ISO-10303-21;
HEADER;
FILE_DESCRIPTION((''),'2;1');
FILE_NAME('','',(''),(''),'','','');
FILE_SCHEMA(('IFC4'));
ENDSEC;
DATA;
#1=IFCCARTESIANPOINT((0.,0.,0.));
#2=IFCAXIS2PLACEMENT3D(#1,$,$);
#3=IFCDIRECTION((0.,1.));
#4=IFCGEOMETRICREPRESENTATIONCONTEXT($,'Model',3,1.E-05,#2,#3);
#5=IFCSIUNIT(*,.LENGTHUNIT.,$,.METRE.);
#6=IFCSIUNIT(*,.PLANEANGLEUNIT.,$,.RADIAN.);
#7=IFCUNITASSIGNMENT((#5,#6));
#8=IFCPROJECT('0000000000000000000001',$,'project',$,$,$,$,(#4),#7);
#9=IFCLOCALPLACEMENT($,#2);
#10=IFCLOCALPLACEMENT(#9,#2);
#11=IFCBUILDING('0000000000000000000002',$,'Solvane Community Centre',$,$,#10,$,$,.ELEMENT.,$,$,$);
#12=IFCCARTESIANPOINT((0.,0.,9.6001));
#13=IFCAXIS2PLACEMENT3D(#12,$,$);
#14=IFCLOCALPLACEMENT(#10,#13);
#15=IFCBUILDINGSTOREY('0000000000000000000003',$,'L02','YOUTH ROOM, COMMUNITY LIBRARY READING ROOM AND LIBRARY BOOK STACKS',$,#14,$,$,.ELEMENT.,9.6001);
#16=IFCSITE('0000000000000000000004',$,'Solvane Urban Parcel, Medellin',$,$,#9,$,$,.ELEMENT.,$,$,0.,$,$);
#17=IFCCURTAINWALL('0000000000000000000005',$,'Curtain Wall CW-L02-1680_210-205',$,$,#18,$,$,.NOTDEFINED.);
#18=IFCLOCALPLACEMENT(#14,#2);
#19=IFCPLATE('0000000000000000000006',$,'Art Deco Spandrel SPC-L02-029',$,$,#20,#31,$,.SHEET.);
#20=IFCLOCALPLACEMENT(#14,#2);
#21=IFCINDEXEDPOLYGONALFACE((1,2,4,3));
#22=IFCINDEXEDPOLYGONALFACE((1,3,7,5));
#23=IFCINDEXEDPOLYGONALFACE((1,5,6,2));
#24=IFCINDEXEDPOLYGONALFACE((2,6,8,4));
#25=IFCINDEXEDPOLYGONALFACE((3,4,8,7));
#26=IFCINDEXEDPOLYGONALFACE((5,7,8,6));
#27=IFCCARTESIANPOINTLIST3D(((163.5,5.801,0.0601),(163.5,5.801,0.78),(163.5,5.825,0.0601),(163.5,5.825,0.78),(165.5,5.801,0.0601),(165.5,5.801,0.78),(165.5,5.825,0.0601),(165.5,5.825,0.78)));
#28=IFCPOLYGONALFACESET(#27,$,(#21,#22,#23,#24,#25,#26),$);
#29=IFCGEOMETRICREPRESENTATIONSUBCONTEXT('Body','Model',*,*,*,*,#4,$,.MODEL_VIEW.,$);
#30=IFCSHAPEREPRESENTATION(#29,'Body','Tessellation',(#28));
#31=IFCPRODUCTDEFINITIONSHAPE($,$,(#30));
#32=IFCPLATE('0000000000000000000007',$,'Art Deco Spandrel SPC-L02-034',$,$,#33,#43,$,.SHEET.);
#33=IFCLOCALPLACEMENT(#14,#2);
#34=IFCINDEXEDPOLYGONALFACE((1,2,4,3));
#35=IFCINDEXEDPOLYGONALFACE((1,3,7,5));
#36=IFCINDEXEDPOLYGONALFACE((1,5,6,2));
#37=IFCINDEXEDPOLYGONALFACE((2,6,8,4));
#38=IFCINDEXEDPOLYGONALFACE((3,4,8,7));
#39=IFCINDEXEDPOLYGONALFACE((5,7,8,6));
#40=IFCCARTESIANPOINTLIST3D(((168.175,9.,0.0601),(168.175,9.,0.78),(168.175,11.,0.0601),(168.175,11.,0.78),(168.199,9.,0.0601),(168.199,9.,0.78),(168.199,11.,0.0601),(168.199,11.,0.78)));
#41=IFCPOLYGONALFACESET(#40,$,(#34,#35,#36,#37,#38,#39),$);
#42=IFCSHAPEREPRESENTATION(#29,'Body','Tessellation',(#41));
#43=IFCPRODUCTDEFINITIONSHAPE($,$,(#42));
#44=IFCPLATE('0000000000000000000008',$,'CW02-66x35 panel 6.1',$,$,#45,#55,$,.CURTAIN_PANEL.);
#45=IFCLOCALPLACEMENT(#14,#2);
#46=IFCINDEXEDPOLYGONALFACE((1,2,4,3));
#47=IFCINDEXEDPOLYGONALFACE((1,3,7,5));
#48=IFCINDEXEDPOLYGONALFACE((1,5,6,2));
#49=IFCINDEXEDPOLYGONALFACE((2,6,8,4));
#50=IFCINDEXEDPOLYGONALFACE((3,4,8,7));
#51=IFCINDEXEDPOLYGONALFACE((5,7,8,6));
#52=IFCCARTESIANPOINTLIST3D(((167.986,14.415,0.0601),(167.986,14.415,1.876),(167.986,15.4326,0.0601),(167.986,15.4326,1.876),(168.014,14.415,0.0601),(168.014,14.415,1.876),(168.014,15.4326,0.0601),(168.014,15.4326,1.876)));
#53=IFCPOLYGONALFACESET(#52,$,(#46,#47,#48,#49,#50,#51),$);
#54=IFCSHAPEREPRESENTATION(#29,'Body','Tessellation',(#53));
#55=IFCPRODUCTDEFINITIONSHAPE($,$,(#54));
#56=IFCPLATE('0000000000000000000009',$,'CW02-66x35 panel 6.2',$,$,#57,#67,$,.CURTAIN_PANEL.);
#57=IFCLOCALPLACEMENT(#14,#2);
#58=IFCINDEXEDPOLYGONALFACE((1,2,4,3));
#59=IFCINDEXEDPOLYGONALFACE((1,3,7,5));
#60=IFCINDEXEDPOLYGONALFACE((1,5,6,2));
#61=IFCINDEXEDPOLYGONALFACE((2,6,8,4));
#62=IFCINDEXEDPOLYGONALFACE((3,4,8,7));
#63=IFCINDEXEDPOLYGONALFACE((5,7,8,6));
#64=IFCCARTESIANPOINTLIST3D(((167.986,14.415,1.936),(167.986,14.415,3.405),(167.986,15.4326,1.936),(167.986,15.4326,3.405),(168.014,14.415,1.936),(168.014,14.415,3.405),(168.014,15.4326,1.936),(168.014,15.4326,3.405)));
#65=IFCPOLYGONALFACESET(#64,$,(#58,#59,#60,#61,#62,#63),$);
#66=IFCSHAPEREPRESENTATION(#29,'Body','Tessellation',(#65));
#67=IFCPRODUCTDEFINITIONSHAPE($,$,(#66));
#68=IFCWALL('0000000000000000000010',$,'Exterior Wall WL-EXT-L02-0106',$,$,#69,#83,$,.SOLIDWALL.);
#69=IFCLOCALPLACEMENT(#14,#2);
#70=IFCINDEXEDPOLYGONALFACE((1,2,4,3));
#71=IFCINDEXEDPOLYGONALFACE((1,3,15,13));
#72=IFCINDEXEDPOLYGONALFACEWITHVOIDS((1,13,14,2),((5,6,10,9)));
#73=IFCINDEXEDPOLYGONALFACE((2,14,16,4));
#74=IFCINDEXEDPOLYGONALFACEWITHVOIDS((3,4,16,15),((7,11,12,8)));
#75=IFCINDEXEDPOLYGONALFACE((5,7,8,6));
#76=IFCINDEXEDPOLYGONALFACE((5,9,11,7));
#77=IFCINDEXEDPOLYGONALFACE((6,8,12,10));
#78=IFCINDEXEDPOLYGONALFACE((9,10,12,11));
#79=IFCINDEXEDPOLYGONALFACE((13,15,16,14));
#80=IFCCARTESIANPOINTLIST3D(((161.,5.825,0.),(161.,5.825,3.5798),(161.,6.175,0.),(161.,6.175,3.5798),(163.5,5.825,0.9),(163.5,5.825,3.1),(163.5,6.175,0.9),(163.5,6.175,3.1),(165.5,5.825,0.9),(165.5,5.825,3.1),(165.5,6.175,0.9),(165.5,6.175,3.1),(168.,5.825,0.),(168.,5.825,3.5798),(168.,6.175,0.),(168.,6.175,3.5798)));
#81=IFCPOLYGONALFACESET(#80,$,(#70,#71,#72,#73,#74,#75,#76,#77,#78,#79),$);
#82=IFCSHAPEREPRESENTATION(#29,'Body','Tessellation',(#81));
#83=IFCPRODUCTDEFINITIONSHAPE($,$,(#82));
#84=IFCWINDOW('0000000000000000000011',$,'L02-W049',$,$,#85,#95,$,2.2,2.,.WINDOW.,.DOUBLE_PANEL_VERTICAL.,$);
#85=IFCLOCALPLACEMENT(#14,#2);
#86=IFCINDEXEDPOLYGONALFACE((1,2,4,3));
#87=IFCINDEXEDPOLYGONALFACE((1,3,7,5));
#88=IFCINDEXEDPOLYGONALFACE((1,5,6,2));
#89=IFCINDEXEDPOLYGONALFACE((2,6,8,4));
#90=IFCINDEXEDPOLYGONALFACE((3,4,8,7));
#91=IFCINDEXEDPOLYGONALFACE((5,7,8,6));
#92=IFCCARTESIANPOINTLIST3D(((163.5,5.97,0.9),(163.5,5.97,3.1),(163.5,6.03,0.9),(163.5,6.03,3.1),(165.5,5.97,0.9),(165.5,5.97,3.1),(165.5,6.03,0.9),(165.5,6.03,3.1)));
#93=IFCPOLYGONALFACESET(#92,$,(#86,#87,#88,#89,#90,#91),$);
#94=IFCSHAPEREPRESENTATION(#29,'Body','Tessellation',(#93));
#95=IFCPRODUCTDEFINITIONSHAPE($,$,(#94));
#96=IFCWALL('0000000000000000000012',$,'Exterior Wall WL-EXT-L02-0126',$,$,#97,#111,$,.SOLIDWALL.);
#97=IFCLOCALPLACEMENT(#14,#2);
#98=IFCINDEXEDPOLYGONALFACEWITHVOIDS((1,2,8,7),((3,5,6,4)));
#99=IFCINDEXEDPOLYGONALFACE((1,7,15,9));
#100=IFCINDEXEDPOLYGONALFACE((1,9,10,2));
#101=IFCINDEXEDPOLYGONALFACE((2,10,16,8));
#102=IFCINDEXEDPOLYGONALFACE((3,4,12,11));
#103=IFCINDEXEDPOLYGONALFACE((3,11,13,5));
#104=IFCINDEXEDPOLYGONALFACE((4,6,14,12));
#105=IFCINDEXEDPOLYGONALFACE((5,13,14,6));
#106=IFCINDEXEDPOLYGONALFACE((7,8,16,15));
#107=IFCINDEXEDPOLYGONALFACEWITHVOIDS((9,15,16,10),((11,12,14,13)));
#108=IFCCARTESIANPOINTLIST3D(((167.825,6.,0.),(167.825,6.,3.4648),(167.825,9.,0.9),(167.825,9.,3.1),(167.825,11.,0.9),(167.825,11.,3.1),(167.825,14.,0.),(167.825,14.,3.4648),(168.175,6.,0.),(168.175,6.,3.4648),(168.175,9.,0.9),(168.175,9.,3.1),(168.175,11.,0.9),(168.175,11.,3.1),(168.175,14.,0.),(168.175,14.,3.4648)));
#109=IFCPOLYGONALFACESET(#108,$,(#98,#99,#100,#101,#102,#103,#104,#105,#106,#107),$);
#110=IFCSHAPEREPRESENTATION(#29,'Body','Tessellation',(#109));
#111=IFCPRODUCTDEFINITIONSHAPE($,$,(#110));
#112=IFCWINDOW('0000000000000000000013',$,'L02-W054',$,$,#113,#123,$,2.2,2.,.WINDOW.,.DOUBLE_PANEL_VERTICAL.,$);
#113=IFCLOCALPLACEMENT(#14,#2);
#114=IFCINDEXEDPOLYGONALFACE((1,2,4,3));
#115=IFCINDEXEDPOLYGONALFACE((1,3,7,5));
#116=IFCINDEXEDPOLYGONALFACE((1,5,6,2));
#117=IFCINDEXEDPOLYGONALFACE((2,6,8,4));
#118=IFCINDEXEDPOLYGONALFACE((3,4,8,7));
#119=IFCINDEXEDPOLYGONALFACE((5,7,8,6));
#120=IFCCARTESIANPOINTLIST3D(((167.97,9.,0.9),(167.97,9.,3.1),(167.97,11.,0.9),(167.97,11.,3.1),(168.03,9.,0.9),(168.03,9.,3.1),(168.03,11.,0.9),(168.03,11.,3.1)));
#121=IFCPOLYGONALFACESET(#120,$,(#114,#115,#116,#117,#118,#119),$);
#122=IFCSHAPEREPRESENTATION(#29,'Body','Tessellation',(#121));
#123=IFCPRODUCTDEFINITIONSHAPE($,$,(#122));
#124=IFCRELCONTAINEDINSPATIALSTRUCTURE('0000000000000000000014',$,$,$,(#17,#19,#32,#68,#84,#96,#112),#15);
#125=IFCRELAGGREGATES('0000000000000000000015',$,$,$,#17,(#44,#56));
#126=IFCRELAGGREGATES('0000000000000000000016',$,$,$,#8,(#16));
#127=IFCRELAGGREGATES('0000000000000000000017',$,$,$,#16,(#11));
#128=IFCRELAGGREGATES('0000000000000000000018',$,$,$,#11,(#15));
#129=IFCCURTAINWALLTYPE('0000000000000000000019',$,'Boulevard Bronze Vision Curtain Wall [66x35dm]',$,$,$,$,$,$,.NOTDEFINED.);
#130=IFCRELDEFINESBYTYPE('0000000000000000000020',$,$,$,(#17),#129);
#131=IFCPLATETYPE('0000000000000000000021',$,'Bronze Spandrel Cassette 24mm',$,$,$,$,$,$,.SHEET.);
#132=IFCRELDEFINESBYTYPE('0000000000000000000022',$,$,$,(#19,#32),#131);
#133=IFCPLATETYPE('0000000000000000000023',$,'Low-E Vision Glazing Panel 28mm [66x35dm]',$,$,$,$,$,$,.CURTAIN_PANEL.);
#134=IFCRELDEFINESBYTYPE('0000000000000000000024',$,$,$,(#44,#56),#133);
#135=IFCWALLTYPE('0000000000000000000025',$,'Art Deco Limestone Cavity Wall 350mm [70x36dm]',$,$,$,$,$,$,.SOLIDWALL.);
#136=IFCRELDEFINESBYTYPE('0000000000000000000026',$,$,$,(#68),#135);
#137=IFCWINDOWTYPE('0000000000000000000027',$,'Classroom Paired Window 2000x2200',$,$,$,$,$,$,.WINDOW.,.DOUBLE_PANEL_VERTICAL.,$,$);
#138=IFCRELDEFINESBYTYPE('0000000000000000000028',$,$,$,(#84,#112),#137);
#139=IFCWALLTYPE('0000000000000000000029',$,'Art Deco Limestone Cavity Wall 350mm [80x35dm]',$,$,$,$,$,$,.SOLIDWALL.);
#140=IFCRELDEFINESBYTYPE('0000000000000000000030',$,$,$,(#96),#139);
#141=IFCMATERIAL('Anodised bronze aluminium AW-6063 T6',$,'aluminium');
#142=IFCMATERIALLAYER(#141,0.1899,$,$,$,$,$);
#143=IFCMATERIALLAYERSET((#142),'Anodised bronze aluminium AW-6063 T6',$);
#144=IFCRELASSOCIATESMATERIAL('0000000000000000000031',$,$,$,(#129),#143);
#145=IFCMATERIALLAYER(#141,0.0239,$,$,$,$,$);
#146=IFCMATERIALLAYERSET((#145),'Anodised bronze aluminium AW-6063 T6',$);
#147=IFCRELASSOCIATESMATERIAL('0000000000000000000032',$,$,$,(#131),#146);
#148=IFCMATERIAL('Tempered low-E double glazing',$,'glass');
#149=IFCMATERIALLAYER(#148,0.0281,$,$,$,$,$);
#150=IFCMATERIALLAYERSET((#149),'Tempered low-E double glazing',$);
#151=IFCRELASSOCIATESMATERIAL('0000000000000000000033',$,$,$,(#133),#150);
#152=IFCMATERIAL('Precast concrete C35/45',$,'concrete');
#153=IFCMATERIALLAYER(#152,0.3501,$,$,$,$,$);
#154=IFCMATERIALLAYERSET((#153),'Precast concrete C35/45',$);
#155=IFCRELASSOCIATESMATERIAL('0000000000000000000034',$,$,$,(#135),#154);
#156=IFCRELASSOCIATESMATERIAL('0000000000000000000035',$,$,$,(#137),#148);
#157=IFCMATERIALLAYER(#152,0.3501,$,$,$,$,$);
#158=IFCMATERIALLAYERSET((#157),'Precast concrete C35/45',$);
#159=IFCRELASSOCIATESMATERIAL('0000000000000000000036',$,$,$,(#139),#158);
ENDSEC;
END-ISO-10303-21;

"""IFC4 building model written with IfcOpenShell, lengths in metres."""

from ifc_helpers import new_model, si_unit, direction, frame, frame_2d, origin, origin_2d, place, context, subcontext, project, spatial, rectangle, extrude, material, layer, layer_set, type_object, element, fill, aggregate, save


model = new_model("IFC4")

# Units and contexts
model_context = context("Model", 3, precision=1e-05, world=origin(), true_north=direction((0.0, 1.0)))
body_context = subcontext(model_context, "Body", "Model", "MODEL_VIEW")
ifc_project = project(units=[si_unit("LENGTHUNIT", "METRE"), si_unit("PLANEANGLEUNIT", "RADIAN")], contexts=[model_context])

# Site, building, storey
site_placement = place(None, origin())
site = spatial("IfcSite", under=ifc_project, at=site_placement, Name="Solvane Urban Parcel, Medellin", CompositionType="ELEMENT", RefElevation=0.0)
building_placement = place(site_placement, origin())
building = spatial("IfcBuilding", under=site, at=building_placement, Name="Solvane Community Centre", CompositionType="ELEMENT")
storey_placement = place(building_placement, frame((0.0, 0.0, 9.6001)))
storey = spatial("IfcBuildingStorey", under=building, at=storey_placement, Name="L02", Description="YOUTH ROOM, COMMUNITY LIBRARY READING ROOM AND LIBRARY BOOK STACKS", CompositionType="ELEMENT", Elevation=9.6001)

# Shared definitions
ifc_material_1 = material(Name="Precast concrete C35/45", Category="concrete")

# Shared definitions
ifc_material_2 = material(Name="Anodised bronze aluminium AW-6063 T6", Category="aluminium")

# Curtain wall
ifc_layer_1 = layer(ifc_material_2, 0.1899)
ifc_layer_set_1 = layer_set([ifc_layer_1], Name="Anodised bronze aluminium AW-6063 T6")
curtain_wall_type_1 = type_object("IfcCurtainWallType", Name="Boulevard Bronze Vision Curtain Wall [66x35dm]", PredefinedType="NOTDEFINED", material=ifc_layer_set_1)
curtain_wall_1_placement = place(storey_placement, origin())
curtain_wall_1 = element("IfcCurtainWall", 1, at=curtain_wall_1_placement, inside=storey, type_object=curtain_wall_type_1, Name="Curtain Wall CW-L02-1680_210-205", PredefinedType="NOTDEFINED")

# Plates
ifc_layer_2 = layer(ifc_material_2, 0.0239)
ifc_layer_set_2 = layer_set([ifc_layer_2], Name="Anodised bronze aluminium AW-6063 T6")
plate_type_1 = type_object("IfcPlateType", Name="Bronze Spandrel Cassette 24mm", PredefinedType="SHEET", material=ifc_layer_set_2)
for number, where, z_axis, x_axis, name in (
    (2, (164.5, 5.813, 0.0601), (0.0, 0.0, 1.0), (-1.0, 0.0, 0.0), "Art Deco Spandrel SPC-L02-029"),
    (3, (168.187, 10.0, 0.0601), (0.0, 0.0, 1.0), (0.0, -1.0, 0.0), "Art Deco Spandrel SPC-L02-034"),
):
    element("IfcPlate", number, at=place(storey_placement, frame(where, z_axis=z_axis, x_axis=x_axis)), inside=storey, type_object=plate_type_1, Name=name, PredefinedType="SHEET", context=body_context, shape_type="SweptSolid", body=[
        extrude(rectangle(XDim=2.0, YDim=0.0239, at=origin_2d()), origin(), (0.0, 0.0, 1.0), 0.72),
    ])

# Plates
ifc_material_3 = material(Name="Tempered low-E double glazing", Category="glass")
ifc_layer_3 = layer(ifc_material_3, 0.0281)
ifc_layer_set_3 = layer_set([ifc_layer_3], Name="Tempered low-E double glazing")
plate_type_2 = type_object("IfcPlateType", Name="Low-E Vision Glazing Panel 28mm [66x35dm]", PredefinedType="CURTAIN_PANEL", material=ifc_layer_set_3)
plate_1_placement = place(storey_placement, frame((168.0, 14.9238, 0.0601), z_axis=(0.0, 0.0, 1.0), x_axis=(0.0, -1.0, 0.0)))
plate_1 = element("IfcPlate", 4, at=plate_1_placement, type_object=plate_type_2, Name="CW02-66x35 panel 6.1", PredefinedType="CURTAIN_PANEL", context=body_context, shape_type="SweptSolid", body=[
    extrude(rectangle(XDim=1.0176, YDim=0.0281, at=origin_2d()), origin(), (0.0, 0.0, 1.0), 1.8159),
])
plate_2_placement = place(storey_placement, frame((168.0, 14.9238, 1.936), z_axis=(0.0, 0.0, 1.0), x_axis=(0.0, -1.0, 0.0)))
plate_2 = element("IfcPlate", 5, at=plate_2_placement, type_object=plate_type_2, Name="CW02-66x35 panel 6.2", PredefinedType="CURTAIN_PANEL", context=body_context, shape_type="SweptSolid", body=[
    extrude(rectangle(XDim=1.0176, YDim=0.0281, at=origin_2d()), origin(), (0.0, 0.0, 1.0), 1.469),
])
aggregate(curtain_wall_1, [plate_1, plate_2])

# Walls, openings, windows
ifc_layer_4 = layer(ifc_material_1, 0.3501)
ifc_layer_set_4 = layer_set([ifc_layer_4], Name="Precast concrete C35/45")
wall_type_1 = type_object("IfcWallType", Name="Art Deco Limestone Cavity Wall 350mm [70x36dm]", PredefinedType="SOLIDWALL", material=ifc_layer_set_4)
wall_1_placement = place(storey_placement, frame((168.0, 6.0, 0.0), z_axis=(0.0, 0.0, 1.0), x_axis=(-1.0, 0.0, 0.0)))
wall_1 = element("IfcWall", 6, at=wall_1_placement, inside=storey, type_object=wall_type_1, Name="Exterior Wall WL-EXT-L02-0106", PredefinedType="SOLIDWALL", context=body_context, shape_type="SweptSolid", body=[
    extrude(rectangle(XDim=7.0, YDim=0.3501, at=frame_2d((3.5, 0.0))), origin(), (0.0, 0.0, 1.0), 3.5798),
])
opening_1_placement = place(wall_1_placement, frame((2.5, 0.0, 0.8999)))
opening_1 = element("IfcOpeningElement", 7, at=opening_1_placement, cuts=wall_1, PredefinedType="OPENING", context=body_context, shape_type="SweptSolid", body=[
    extrude(rectangle(XDim=2.0, YDim=2.2, at=frame_2d((1.0, 1.1001))), frame((0.0, 0.1851, 0.0), z_axis=(0.0, -1.0, 0.0), x_axis=(1.0, 0.0, 0.0)), (0.0, 0.0, 1.0), 0.3701),
])
window_type = type_object("IfcWindowType", Name="Classroom Paired Window 2000x2200", PartitioningType="DOUBLE_PANEL_VERTICAL", PredefinedType="WINDOW", material=ifc_material_3)
window_1_placement = place(opening_1_placement, origin())
window_1 = element("IfcWindow", 8, at=window_1_placement, inside=storey, type_object=window_type, Name="L02-W049", OverallHeight=2.2, OverallWidth=2.0, PartitioningType="DOUBLE_PANEL_VERTICAL", PredefinedType="WINDOW", context=body_context, shape_type="SweptSolid", body=[
    extrude(rectangle(XDim=2.0, YDim=2.2, at=frame_2d((1.0, 1.1001))), frame((0.0, 0.03, 0.0), z_axis=(0.0, -1.0, 0.0), x_axis=(1.0, 0.0, 0.0)), (0.0, 0.0, 1.0), 0.0601),
])
fill(opening_1, window_1)
ifc_layer_5 = layer(ifc_material_1, 0.3501)
ifc_layer_set_5 = layer_set([ifc_layer_5], Name="Precast concrete C35/45")
wall_type_2 = type_object("IfcWallType", Name="Art Deco Limestone Cavity Wall 350mm [80x35dm]", PredefinedType="SOLIDWALL", material=ifc_layer_set_5)
wall_2_placement = place(storey_placement, frame((168.0, 14.0, 0.0), z_axis=(0.0, 0.0, 1.0), x_axis=(0.0, -1.0, 0.0)))
wall_2 = element("IfcWall", 9, at=wall_2_placement, inside=storey, type_object=wall_type_2, Name="Exterior Wall WL-EXT-L02-0126", PredefinedType="SOLIDWALL", context=body_context, shape_type="SweptSolid", body=[
    extrude(rectangle(XDim=8.0, YDim=0.3501, at=frame_2d((4.0, 0.0))), origin(), (0.0, 0.0, 1.0), 3.4648),
])
opening_2_placement = place(wall_2_placement, frame((3.0, 0.0, 0.8999)))
opening_2 = element("IfcOpeningElement", 10, at=opening_2_placement, cuts=wall_2, PredefinedType="OPENING", context=body_context, shape_type="SweptSolid", body=[
    extrude(rectangle(XDim=2.0, YDim=2.2, at=frame_2d((1.0, 1.1001))), frame((0.0, 0.1851, 0.0), z_axis=(0.0, -1.0, 0.0), x_axis=(1.0, 0.0, 0.0)), (0.0, 0.0, 1.0), 0.3701),
])
window_2_placement = place(opening_2_placement, origin())
window_2 = element("IfcWindow", 11, at=window_2_placement, inside=storey, type_object=window_type, Name="L02-W054", OverallHeight=2.2, OverallWidth=2.0, PartitioningType="DOUBLE_PANEL_VERTICAL", PredefinedType="WINDOW", context=body_context, shape_type="SweptSolid", body=[
    extrude(rectangle(XDim=2.0, YDim=2.2, at=frame_2d((1.0, 1.1001))), frame((0.0, 0.03, 0.0), z_axis=(0.0, -1.0, 0.0), x_axis=(1.0, 0.0, 0.0)), (0.0, 0.0, 1.0), 0.0601),
])
fill(opening_2, window_2)

save(model, "model.ifc")
